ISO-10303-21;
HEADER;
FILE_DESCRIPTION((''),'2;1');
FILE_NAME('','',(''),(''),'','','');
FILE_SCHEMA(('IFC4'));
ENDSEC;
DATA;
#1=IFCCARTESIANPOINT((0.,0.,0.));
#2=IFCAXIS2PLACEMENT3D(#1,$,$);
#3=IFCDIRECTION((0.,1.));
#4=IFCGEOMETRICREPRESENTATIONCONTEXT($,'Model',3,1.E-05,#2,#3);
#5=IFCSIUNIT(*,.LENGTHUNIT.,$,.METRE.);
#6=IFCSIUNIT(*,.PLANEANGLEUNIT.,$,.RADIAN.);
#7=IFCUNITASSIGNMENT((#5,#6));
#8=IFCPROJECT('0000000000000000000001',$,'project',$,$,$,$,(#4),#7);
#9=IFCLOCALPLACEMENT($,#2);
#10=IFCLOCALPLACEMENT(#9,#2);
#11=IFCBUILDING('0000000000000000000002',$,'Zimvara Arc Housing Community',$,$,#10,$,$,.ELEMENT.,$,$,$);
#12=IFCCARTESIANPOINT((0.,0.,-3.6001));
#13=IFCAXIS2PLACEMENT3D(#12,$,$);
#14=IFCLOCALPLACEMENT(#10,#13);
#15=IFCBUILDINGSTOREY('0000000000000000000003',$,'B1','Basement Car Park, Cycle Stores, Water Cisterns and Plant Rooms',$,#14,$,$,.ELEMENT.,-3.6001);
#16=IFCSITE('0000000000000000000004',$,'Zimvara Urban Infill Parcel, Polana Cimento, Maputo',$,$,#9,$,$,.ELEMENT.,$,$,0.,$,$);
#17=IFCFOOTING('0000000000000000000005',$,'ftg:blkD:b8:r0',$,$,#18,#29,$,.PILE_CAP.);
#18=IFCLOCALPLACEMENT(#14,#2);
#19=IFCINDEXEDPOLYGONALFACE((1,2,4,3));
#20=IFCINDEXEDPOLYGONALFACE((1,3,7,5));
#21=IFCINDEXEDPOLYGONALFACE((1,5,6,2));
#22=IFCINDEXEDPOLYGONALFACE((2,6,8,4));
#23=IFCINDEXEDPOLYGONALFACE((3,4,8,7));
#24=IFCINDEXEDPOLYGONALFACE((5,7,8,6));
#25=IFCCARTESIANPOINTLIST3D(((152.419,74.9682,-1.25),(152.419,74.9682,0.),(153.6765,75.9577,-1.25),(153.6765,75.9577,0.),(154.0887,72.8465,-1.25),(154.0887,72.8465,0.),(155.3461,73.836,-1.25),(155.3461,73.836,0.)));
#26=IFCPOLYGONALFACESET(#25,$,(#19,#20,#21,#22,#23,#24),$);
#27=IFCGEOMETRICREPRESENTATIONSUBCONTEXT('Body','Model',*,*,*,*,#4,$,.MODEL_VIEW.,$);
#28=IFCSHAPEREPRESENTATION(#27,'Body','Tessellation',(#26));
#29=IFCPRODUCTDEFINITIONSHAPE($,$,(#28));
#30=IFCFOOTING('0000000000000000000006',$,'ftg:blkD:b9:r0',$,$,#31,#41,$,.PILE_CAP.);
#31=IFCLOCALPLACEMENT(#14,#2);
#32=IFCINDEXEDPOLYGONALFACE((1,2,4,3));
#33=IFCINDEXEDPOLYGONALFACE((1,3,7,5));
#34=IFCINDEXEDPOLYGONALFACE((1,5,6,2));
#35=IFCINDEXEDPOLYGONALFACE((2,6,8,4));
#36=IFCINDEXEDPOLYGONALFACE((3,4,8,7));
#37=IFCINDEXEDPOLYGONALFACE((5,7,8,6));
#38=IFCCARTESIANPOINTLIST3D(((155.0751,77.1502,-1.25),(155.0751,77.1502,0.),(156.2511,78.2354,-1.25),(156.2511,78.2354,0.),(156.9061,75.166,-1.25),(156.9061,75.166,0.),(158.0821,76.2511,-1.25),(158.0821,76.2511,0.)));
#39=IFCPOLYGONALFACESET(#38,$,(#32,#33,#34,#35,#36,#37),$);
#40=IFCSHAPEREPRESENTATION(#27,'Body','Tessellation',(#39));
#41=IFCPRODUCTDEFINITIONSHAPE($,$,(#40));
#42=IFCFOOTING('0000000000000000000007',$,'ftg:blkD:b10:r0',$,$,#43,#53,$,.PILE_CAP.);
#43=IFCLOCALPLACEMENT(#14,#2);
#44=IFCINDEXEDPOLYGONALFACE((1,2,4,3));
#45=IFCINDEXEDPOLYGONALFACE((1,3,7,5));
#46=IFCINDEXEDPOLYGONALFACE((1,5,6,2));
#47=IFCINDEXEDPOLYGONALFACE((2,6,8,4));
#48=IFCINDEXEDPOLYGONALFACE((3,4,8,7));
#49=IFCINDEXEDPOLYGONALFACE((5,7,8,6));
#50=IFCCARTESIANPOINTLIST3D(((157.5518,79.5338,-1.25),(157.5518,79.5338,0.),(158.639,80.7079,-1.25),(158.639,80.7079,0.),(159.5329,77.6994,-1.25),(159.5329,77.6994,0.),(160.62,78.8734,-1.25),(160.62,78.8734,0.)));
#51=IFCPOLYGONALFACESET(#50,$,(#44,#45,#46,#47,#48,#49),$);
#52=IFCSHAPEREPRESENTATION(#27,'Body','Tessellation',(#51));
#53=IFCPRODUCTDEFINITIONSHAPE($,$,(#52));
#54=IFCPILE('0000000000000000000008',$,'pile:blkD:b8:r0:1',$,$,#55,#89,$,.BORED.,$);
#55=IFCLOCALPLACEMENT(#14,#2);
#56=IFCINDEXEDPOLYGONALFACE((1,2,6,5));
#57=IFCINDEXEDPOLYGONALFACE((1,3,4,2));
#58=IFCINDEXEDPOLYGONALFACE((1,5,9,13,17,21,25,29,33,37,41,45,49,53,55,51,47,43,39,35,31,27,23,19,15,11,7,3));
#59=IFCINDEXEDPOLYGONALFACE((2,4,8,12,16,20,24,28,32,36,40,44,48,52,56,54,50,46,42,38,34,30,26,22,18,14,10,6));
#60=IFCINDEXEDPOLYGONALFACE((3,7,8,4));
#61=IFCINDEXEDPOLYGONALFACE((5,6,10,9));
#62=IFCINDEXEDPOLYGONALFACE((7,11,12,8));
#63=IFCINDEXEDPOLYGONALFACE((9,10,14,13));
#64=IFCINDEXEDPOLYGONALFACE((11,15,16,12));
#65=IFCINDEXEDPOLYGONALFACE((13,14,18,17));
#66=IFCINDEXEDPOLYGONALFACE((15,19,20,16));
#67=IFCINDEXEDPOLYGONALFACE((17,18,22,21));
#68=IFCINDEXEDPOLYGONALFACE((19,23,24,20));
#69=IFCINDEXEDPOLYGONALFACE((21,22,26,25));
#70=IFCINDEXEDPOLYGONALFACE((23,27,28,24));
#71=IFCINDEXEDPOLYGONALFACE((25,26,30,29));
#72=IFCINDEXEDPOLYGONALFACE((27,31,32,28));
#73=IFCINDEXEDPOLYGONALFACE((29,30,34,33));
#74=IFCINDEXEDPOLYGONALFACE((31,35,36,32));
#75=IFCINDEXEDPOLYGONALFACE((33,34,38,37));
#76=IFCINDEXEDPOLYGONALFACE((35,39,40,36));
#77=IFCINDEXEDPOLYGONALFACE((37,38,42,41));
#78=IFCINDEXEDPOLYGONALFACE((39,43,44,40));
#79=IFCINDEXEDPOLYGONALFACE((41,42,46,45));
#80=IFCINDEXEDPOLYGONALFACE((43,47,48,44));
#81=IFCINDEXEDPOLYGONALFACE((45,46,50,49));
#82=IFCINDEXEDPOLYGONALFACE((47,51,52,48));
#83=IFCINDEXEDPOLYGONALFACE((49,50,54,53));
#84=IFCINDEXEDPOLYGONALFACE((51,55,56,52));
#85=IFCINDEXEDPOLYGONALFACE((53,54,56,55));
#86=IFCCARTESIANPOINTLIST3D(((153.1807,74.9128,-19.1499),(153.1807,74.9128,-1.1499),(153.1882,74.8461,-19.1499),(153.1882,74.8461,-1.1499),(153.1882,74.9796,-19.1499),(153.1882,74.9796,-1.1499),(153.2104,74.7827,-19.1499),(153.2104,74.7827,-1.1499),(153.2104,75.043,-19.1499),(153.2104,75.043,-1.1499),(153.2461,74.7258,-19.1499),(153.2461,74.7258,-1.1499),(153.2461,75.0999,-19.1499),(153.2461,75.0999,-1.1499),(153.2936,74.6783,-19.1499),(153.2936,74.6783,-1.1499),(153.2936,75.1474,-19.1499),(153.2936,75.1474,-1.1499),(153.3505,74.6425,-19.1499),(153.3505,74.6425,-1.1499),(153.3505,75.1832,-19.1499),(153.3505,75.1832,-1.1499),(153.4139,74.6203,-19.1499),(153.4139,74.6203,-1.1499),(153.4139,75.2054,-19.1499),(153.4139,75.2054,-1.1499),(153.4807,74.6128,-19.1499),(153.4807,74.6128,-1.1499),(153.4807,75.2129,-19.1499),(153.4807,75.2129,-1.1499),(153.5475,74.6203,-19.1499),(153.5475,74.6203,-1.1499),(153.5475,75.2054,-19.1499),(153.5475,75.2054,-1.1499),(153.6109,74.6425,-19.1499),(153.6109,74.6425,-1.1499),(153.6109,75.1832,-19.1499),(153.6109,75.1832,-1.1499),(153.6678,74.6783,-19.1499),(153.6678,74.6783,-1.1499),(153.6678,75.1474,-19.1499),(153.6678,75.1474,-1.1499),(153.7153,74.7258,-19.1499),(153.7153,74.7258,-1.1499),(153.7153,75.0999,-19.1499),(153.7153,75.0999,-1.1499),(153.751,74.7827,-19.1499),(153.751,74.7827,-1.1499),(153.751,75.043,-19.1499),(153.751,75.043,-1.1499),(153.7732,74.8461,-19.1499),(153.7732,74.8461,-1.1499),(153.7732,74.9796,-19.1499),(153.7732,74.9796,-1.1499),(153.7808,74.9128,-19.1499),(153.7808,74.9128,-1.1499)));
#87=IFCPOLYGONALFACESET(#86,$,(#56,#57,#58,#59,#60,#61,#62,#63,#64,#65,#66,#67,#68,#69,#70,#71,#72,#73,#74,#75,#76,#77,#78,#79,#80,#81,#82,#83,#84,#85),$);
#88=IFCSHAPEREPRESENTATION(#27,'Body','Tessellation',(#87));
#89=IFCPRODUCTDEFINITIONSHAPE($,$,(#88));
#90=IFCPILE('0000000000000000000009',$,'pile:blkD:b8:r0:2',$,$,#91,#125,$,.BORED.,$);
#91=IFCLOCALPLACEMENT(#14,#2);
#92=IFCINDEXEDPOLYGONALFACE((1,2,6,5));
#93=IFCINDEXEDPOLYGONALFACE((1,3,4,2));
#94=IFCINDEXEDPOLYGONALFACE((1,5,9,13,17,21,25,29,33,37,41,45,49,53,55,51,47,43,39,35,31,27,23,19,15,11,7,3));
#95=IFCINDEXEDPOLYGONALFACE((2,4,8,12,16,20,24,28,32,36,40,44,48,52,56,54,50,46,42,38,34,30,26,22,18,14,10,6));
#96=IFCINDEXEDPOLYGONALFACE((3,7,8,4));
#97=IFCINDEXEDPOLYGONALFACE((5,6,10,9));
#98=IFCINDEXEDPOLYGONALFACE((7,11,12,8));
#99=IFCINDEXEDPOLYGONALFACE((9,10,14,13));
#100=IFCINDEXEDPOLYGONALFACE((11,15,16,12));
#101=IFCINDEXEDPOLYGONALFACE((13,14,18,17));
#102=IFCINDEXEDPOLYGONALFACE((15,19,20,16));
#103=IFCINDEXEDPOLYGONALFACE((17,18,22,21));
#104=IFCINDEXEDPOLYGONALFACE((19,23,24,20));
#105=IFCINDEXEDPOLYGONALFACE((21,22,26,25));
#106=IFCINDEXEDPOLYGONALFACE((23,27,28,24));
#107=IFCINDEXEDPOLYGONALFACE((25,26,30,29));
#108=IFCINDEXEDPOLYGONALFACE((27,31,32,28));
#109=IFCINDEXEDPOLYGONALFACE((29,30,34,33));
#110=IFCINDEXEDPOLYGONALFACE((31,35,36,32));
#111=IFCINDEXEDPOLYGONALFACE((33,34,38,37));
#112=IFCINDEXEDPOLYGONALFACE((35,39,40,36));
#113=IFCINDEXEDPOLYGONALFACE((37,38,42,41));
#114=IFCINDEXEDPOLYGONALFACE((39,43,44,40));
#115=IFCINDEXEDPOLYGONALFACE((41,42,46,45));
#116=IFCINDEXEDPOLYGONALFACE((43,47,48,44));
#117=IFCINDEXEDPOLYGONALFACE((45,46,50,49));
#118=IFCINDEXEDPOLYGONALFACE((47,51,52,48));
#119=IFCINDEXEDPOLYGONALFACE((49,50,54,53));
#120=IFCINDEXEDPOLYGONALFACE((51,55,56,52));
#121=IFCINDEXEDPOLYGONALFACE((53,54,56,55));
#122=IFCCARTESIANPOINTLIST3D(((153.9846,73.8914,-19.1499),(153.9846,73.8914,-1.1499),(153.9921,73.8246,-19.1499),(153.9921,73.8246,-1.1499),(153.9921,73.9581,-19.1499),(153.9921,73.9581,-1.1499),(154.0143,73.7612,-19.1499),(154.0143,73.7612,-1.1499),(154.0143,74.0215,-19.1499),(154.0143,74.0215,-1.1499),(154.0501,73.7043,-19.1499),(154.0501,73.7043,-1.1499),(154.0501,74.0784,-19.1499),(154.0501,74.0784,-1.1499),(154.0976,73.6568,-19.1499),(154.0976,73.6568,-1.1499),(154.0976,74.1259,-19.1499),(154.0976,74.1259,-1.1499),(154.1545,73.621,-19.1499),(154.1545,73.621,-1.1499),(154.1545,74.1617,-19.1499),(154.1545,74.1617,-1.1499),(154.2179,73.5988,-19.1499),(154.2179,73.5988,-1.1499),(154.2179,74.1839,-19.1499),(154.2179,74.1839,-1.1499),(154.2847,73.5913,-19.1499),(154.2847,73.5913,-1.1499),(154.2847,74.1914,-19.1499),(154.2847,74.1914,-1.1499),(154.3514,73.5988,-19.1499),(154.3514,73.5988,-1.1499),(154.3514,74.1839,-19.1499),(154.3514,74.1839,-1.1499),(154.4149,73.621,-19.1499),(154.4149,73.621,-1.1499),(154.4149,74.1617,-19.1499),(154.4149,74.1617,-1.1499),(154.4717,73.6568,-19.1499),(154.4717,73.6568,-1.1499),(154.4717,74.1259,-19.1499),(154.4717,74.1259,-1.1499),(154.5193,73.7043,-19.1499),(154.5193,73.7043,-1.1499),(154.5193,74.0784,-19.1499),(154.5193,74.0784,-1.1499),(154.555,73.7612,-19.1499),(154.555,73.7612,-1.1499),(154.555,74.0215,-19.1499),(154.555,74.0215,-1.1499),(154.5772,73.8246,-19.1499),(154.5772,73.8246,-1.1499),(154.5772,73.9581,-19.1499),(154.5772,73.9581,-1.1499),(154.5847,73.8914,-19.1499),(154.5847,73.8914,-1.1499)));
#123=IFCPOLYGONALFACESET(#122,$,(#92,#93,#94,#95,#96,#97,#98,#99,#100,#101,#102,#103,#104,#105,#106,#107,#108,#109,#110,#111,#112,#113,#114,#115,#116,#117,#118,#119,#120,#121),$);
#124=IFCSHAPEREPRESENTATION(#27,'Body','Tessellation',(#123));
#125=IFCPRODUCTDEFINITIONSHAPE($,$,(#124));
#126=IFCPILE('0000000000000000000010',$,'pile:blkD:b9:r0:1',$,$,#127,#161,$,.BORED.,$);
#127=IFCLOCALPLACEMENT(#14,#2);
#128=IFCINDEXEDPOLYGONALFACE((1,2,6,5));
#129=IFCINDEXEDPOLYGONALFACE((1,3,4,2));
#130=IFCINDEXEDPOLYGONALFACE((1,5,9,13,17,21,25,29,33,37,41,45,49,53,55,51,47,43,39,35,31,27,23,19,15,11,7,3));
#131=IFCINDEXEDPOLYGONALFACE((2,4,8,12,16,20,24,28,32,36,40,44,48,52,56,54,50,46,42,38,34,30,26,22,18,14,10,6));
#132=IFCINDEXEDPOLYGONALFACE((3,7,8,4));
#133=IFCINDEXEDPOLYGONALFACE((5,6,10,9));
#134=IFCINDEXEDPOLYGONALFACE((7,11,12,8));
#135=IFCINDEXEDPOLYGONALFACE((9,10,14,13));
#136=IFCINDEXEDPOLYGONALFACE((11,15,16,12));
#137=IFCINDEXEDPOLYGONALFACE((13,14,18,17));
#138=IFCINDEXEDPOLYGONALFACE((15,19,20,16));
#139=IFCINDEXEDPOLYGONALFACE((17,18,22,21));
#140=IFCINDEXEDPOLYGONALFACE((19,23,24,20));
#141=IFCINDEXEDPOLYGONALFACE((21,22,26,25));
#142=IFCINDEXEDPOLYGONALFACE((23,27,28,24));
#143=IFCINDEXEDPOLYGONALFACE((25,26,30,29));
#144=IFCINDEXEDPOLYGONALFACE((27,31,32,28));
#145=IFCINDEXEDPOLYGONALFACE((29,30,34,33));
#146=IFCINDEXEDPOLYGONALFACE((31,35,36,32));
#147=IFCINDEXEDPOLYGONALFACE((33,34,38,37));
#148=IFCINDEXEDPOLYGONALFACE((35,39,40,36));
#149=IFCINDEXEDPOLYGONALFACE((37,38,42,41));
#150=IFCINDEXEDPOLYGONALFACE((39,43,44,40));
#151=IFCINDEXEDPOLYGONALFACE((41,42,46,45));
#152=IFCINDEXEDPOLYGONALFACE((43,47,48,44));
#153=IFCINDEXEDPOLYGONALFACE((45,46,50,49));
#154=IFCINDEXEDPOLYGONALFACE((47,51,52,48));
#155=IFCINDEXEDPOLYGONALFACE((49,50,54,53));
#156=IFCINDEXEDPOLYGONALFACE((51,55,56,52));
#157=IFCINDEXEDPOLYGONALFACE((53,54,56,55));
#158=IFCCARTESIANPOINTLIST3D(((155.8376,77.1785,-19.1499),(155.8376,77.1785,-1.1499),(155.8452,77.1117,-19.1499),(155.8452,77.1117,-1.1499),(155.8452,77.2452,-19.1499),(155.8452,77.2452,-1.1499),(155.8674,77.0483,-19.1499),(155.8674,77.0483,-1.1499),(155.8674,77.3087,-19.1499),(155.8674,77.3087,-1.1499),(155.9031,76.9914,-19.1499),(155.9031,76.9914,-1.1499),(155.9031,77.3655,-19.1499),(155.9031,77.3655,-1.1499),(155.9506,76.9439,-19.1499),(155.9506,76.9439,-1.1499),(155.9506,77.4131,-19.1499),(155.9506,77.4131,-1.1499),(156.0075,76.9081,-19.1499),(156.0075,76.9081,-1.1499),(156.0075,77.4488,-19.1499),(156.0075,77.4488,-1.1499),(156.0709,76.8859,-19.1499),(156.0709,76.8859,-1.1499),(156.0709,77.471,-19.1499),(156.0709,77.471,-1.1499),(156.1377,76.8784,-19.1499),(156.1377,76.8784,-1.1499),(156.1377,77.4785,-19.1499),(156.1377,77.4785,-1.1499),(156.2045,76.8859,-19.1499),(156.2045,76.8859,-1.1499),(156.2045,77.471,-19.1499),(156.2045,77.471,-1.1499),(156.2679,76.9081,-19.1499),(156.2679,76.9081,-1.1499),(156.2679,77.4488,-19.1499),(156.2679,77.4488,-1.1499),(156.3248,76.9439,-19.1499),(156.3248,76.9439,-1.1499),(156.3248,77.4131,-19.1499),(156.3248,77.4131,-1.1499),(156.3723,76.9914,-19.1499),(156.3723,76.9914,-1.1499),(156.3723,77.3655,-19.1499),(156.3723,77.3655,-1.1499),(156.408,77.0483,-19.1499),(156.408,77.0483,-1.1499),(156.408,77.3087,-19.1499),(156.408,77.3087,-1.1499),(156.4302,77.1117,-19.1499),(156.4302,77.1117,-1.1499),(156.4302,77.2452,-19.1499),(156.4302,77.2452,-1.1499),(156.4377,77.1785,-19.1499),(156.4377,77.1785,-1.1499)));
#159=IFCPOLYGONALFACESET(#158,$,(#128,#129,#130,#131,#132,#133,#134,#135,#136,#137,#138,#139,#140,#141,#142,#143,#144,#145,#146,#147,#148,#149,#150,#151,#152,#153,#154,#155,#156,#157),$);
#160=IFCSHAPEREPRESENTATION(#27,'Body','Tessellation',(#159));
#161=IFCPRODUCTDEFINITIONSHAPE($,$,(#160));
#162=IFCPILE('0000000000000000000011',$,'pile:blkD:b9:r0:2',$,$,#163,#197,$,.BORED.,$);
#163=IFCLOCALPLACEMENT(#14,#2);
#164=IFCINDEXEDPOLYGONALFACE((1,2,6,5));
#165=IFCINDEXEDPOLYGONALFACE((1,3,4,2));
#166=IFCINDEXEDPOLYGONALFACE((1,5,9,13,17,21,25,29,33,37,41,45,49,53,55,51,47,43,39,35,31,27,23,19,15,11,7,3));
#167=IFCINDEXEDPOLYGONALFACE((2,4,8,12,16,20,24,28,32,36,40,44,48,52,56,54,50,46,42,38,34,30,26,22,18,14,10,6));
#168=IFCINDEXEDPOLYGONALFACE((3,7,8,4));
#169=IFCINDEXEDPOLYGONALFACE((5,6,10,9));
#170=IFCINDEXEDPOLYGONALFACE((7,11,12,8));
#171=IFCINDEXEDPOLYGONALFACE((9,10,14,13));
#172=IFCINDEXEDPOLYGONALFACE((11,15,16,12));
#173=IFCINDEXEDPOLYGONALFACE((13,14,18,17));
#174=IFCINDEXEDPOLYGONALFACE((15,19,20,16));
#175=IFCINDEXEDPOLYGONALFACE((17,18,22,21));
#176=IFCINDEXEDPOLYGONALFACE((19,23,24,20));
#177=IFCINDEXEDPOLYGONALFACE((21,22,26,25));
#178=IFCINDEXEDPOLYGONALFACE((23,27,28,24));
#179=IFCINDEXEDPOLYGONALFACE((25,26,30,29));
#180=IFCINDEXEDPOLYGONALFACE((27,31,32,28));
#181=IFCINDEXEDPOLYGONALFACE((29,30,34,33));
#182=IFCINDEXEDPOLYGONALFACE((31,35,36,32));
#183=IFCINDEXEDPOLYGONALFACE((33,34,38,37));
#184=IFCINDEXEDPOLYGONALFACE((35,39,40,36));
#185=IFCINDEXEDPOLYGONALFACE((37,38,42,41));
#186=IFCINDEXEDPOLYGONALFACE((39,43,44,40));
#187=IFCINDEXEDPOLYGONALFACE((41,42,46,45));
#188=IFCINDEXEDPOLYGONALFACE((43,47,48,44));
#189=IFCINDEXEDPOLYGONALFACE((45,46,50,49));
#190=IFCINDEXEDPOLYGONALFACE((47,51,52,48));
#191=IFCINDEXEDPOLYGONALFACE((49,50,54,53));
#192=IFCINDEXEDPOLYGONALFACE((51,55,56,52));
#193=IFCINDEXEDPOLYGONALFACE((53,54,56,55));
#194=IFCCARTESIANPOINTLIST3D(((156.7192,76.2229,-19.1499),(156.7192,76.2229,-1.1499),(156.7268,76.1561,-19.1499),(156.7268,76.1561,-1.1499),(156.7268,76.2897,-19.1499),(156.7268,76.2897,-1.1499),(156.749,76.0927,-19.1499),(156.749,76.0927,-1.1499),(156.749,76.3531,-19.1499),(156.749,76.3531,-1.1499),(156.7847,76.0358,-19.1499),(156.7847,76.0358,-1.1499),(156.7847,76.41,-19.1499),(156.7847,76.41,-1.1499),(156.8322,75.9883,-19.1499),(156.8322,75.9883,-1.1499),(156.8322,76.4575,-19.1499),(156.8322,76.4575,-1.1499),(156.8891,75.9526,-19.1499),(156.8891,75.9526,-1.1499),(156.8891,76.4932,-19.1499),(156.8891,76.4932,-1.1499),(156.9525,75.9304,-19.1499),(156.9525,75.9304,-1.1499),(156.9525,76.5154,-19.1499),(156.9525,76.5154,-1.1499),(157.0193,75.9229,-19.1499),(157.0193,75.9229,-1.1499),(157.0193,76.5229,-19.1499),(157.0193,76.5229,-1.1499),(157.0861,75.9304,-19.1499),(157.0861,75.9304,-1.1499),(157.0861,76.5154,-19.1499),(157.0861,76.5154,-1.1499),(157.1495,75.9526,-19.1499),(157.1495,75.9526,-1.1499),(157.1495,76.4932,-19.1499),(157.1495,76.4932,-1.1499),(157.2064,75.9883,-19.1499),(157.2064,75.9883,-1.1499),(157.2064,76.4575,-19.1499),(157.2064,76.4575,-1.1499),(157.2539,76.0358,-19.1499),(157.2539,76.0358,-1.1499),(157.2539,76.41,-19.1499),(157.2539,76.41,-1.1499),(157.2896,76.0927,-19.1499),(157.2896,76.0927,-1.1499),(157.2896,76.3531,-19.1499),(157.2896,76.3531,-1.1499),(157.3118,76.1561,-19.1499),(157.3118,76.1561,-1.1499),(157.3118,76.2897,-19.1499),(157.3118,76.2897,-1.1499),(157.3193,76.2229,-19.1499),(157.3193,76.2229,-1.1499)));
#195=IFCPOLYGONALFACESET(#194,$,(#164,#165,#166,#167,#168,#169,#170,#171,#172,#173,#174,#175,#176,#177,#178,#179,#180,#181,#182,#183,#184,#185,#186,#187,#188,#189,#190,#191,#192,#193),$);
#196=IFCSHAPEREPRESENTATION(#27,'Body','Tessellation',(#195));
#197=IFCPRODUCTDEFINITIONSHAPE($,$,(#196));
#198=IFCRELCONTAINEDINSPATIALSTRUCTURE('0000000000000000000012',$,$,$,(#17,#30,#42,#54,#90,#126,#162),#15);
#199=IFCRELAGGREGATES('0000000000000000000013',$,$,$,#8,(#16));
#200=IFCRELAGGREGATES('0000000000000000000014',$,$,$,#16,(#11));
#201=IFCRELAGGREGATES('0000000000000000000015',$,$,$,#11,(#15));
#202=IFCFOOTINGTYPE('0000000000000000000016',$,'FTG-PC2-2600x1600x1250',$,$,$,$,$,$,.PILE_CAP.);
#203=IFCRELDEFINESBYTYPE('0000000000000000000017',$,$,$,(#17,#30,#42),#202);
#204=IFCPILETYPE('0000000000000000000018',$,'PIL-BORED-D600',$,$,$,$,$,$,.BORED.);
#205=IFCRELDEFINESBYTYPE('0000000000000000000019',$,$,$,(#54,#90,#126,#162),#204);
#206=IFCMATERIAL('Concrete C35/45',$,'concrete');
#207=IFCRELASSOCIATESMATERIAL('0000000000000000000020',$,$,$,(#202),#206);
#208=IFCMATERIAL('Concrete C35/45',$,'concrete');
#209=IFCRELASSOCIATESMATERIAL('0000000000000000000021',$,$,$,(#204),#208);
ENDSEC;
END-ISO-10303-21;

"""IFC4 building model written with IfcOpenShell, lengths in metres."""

from ifc_helpers import new_model, si_unit, direction, frame, origin, origin_2d, place, context, subcontext, project, spatial, rectangle, circle, extrude, material, material_profile, profile_set, type_object, element, save


model = new_model("IFC4")

# Units and contexts
model_context = context("Model", 3, precision=1e-05, world=origin(), true_north=direction((0.0, 1.0)))
body_context = subcontext(model_context, "Body", "Model", "MODEL_VIEW")
ifc_project = project(units=[si_unit("LENGTHUNIT", "METRE"), si_unit("PLANEANGLEUNIT", "RADIAN")], contexts=[model_context])

# Site, building, storey
site_placement = place(None, origin())
site = spatial("IfcSite", under=ifc_project, at=site_placement, Name="Zimvara Urban Infill Parcel, Polana Cimento, Maputo", CompositionType="ELEMENT", RefElevation=0.0)
building_placement = place(site_placement, origin())
building = spatial("IfcBuilding", under=site, at=building_placement, Name="Zimvara Arc Housing Community", CompositionType="ELEMENT")
storey_placement = place(building_placement, frame((0.0, 0.0, -3.6001)))
storey = spatial("IfcBuildingStorey", under=building, at=storey_placement, Name="B1", Description="Basement Car Park, Cycle Stores, Water Cisterns and Plant Rooms", CompositionType="ELEMENT", Elevation=-3.6001)

# Footings
ifc_material_1 = material(Name="Concrete C35/45", Category="concrete")
footing_type = type_object("IfcFootingType", Name="FTG-PC2-2600x1600x1250", PredefinedType="PILE_CAP", material=ifc_material_1)
for number, where, z_axis, x_axis, name in (
    (1, (153.8826, 74.4021, -1.25), (0.0, 0.0, 1.0), (0.618408, -0.785857, 0.0), "ftg:blkD:b8:r0"),
    (2, (156.5786, 76.7007, -1.25), (0.0, 0.0, 1.0), (0.67816, -0.734915, 0.0), "ftg:blkD:b9:r0"),
    (3, (159.0859, 79.2036, -1.25), (0.0, 0.0, 1.0), (0.73373, -0.679441, 0.0), "ftg:blkD:b10:r0"),
):
    element("IfcFooting", number, at=place(storey_placement, frame(where, z_axis=z_axis, x_axis=x_axis)), inside=storey, type_object=footing_type, Name=name, PredefinedType="PILE_CAP", context=body_context, shape_type="SweptSolid", body=[
        extrude(rectangle(XDim=2.7, YDim=1.6001, at=origin_2d()), origin(), (0.0, 0.0, 1.0), 1.25),
    ])

# Piles
ifc_material_2 = material(Name="Concrete C35/45", Category="concrete")
ifc_material_profile_1 = material_profile(ifc_material_2, circle(Radius=0.3, at=origin_2d()), Name="PILE D600")
ifc_profile_set_1 = profile_set([ifc_material_profile_1], Name="Concrete C35/45")
pile_type = type_object("IfcPileType", Name="PIL-BORED-D600", PredefinedType="BORED", material=ifc_profile_set_1)
for number, where, z_axis, x_axis, name in (
    (4, (153.4807, 74.9128, -1.1499), (0.0, 0.0, -1.0), (1.0, 0.0, 0.0), "pile:blkD:b8:r0:1"),
    (5, (154.2847, 73.8914, -1.1499), (0.0, 0.0, -1.0), (1.0, 0.0, 0.0), "pile:blkD:b8:r0:2"),
    (6, (156.1377, 77.1785, -1.1499), (0.0, 0.0, -1.0), (1.0, 0.0, 0.0), "pile:blkD:b9:r0:1"),
    (7, (157.0193, 76.2229, -1.1499), (0.0, 0.0, -1.0), (1.0, 0.0, 0.0), "pile:blkD:b9:r0:2"),
):
    element("IfcPile", number, at=place(storey_placement, frame(where, z_axis=z_axis, x_axis=x_axis)), inside=storey, type_object=pile_type, Name=name, PredefinedType="BORED", context=body_context, shape_type="SweptSolid", body=[
        extrude(circle(Radius=0.3, at=origin_2d()), origin(), (0.0, 0.0, 1.0), 18.0),
    ])

save(model, "model.ifc")
